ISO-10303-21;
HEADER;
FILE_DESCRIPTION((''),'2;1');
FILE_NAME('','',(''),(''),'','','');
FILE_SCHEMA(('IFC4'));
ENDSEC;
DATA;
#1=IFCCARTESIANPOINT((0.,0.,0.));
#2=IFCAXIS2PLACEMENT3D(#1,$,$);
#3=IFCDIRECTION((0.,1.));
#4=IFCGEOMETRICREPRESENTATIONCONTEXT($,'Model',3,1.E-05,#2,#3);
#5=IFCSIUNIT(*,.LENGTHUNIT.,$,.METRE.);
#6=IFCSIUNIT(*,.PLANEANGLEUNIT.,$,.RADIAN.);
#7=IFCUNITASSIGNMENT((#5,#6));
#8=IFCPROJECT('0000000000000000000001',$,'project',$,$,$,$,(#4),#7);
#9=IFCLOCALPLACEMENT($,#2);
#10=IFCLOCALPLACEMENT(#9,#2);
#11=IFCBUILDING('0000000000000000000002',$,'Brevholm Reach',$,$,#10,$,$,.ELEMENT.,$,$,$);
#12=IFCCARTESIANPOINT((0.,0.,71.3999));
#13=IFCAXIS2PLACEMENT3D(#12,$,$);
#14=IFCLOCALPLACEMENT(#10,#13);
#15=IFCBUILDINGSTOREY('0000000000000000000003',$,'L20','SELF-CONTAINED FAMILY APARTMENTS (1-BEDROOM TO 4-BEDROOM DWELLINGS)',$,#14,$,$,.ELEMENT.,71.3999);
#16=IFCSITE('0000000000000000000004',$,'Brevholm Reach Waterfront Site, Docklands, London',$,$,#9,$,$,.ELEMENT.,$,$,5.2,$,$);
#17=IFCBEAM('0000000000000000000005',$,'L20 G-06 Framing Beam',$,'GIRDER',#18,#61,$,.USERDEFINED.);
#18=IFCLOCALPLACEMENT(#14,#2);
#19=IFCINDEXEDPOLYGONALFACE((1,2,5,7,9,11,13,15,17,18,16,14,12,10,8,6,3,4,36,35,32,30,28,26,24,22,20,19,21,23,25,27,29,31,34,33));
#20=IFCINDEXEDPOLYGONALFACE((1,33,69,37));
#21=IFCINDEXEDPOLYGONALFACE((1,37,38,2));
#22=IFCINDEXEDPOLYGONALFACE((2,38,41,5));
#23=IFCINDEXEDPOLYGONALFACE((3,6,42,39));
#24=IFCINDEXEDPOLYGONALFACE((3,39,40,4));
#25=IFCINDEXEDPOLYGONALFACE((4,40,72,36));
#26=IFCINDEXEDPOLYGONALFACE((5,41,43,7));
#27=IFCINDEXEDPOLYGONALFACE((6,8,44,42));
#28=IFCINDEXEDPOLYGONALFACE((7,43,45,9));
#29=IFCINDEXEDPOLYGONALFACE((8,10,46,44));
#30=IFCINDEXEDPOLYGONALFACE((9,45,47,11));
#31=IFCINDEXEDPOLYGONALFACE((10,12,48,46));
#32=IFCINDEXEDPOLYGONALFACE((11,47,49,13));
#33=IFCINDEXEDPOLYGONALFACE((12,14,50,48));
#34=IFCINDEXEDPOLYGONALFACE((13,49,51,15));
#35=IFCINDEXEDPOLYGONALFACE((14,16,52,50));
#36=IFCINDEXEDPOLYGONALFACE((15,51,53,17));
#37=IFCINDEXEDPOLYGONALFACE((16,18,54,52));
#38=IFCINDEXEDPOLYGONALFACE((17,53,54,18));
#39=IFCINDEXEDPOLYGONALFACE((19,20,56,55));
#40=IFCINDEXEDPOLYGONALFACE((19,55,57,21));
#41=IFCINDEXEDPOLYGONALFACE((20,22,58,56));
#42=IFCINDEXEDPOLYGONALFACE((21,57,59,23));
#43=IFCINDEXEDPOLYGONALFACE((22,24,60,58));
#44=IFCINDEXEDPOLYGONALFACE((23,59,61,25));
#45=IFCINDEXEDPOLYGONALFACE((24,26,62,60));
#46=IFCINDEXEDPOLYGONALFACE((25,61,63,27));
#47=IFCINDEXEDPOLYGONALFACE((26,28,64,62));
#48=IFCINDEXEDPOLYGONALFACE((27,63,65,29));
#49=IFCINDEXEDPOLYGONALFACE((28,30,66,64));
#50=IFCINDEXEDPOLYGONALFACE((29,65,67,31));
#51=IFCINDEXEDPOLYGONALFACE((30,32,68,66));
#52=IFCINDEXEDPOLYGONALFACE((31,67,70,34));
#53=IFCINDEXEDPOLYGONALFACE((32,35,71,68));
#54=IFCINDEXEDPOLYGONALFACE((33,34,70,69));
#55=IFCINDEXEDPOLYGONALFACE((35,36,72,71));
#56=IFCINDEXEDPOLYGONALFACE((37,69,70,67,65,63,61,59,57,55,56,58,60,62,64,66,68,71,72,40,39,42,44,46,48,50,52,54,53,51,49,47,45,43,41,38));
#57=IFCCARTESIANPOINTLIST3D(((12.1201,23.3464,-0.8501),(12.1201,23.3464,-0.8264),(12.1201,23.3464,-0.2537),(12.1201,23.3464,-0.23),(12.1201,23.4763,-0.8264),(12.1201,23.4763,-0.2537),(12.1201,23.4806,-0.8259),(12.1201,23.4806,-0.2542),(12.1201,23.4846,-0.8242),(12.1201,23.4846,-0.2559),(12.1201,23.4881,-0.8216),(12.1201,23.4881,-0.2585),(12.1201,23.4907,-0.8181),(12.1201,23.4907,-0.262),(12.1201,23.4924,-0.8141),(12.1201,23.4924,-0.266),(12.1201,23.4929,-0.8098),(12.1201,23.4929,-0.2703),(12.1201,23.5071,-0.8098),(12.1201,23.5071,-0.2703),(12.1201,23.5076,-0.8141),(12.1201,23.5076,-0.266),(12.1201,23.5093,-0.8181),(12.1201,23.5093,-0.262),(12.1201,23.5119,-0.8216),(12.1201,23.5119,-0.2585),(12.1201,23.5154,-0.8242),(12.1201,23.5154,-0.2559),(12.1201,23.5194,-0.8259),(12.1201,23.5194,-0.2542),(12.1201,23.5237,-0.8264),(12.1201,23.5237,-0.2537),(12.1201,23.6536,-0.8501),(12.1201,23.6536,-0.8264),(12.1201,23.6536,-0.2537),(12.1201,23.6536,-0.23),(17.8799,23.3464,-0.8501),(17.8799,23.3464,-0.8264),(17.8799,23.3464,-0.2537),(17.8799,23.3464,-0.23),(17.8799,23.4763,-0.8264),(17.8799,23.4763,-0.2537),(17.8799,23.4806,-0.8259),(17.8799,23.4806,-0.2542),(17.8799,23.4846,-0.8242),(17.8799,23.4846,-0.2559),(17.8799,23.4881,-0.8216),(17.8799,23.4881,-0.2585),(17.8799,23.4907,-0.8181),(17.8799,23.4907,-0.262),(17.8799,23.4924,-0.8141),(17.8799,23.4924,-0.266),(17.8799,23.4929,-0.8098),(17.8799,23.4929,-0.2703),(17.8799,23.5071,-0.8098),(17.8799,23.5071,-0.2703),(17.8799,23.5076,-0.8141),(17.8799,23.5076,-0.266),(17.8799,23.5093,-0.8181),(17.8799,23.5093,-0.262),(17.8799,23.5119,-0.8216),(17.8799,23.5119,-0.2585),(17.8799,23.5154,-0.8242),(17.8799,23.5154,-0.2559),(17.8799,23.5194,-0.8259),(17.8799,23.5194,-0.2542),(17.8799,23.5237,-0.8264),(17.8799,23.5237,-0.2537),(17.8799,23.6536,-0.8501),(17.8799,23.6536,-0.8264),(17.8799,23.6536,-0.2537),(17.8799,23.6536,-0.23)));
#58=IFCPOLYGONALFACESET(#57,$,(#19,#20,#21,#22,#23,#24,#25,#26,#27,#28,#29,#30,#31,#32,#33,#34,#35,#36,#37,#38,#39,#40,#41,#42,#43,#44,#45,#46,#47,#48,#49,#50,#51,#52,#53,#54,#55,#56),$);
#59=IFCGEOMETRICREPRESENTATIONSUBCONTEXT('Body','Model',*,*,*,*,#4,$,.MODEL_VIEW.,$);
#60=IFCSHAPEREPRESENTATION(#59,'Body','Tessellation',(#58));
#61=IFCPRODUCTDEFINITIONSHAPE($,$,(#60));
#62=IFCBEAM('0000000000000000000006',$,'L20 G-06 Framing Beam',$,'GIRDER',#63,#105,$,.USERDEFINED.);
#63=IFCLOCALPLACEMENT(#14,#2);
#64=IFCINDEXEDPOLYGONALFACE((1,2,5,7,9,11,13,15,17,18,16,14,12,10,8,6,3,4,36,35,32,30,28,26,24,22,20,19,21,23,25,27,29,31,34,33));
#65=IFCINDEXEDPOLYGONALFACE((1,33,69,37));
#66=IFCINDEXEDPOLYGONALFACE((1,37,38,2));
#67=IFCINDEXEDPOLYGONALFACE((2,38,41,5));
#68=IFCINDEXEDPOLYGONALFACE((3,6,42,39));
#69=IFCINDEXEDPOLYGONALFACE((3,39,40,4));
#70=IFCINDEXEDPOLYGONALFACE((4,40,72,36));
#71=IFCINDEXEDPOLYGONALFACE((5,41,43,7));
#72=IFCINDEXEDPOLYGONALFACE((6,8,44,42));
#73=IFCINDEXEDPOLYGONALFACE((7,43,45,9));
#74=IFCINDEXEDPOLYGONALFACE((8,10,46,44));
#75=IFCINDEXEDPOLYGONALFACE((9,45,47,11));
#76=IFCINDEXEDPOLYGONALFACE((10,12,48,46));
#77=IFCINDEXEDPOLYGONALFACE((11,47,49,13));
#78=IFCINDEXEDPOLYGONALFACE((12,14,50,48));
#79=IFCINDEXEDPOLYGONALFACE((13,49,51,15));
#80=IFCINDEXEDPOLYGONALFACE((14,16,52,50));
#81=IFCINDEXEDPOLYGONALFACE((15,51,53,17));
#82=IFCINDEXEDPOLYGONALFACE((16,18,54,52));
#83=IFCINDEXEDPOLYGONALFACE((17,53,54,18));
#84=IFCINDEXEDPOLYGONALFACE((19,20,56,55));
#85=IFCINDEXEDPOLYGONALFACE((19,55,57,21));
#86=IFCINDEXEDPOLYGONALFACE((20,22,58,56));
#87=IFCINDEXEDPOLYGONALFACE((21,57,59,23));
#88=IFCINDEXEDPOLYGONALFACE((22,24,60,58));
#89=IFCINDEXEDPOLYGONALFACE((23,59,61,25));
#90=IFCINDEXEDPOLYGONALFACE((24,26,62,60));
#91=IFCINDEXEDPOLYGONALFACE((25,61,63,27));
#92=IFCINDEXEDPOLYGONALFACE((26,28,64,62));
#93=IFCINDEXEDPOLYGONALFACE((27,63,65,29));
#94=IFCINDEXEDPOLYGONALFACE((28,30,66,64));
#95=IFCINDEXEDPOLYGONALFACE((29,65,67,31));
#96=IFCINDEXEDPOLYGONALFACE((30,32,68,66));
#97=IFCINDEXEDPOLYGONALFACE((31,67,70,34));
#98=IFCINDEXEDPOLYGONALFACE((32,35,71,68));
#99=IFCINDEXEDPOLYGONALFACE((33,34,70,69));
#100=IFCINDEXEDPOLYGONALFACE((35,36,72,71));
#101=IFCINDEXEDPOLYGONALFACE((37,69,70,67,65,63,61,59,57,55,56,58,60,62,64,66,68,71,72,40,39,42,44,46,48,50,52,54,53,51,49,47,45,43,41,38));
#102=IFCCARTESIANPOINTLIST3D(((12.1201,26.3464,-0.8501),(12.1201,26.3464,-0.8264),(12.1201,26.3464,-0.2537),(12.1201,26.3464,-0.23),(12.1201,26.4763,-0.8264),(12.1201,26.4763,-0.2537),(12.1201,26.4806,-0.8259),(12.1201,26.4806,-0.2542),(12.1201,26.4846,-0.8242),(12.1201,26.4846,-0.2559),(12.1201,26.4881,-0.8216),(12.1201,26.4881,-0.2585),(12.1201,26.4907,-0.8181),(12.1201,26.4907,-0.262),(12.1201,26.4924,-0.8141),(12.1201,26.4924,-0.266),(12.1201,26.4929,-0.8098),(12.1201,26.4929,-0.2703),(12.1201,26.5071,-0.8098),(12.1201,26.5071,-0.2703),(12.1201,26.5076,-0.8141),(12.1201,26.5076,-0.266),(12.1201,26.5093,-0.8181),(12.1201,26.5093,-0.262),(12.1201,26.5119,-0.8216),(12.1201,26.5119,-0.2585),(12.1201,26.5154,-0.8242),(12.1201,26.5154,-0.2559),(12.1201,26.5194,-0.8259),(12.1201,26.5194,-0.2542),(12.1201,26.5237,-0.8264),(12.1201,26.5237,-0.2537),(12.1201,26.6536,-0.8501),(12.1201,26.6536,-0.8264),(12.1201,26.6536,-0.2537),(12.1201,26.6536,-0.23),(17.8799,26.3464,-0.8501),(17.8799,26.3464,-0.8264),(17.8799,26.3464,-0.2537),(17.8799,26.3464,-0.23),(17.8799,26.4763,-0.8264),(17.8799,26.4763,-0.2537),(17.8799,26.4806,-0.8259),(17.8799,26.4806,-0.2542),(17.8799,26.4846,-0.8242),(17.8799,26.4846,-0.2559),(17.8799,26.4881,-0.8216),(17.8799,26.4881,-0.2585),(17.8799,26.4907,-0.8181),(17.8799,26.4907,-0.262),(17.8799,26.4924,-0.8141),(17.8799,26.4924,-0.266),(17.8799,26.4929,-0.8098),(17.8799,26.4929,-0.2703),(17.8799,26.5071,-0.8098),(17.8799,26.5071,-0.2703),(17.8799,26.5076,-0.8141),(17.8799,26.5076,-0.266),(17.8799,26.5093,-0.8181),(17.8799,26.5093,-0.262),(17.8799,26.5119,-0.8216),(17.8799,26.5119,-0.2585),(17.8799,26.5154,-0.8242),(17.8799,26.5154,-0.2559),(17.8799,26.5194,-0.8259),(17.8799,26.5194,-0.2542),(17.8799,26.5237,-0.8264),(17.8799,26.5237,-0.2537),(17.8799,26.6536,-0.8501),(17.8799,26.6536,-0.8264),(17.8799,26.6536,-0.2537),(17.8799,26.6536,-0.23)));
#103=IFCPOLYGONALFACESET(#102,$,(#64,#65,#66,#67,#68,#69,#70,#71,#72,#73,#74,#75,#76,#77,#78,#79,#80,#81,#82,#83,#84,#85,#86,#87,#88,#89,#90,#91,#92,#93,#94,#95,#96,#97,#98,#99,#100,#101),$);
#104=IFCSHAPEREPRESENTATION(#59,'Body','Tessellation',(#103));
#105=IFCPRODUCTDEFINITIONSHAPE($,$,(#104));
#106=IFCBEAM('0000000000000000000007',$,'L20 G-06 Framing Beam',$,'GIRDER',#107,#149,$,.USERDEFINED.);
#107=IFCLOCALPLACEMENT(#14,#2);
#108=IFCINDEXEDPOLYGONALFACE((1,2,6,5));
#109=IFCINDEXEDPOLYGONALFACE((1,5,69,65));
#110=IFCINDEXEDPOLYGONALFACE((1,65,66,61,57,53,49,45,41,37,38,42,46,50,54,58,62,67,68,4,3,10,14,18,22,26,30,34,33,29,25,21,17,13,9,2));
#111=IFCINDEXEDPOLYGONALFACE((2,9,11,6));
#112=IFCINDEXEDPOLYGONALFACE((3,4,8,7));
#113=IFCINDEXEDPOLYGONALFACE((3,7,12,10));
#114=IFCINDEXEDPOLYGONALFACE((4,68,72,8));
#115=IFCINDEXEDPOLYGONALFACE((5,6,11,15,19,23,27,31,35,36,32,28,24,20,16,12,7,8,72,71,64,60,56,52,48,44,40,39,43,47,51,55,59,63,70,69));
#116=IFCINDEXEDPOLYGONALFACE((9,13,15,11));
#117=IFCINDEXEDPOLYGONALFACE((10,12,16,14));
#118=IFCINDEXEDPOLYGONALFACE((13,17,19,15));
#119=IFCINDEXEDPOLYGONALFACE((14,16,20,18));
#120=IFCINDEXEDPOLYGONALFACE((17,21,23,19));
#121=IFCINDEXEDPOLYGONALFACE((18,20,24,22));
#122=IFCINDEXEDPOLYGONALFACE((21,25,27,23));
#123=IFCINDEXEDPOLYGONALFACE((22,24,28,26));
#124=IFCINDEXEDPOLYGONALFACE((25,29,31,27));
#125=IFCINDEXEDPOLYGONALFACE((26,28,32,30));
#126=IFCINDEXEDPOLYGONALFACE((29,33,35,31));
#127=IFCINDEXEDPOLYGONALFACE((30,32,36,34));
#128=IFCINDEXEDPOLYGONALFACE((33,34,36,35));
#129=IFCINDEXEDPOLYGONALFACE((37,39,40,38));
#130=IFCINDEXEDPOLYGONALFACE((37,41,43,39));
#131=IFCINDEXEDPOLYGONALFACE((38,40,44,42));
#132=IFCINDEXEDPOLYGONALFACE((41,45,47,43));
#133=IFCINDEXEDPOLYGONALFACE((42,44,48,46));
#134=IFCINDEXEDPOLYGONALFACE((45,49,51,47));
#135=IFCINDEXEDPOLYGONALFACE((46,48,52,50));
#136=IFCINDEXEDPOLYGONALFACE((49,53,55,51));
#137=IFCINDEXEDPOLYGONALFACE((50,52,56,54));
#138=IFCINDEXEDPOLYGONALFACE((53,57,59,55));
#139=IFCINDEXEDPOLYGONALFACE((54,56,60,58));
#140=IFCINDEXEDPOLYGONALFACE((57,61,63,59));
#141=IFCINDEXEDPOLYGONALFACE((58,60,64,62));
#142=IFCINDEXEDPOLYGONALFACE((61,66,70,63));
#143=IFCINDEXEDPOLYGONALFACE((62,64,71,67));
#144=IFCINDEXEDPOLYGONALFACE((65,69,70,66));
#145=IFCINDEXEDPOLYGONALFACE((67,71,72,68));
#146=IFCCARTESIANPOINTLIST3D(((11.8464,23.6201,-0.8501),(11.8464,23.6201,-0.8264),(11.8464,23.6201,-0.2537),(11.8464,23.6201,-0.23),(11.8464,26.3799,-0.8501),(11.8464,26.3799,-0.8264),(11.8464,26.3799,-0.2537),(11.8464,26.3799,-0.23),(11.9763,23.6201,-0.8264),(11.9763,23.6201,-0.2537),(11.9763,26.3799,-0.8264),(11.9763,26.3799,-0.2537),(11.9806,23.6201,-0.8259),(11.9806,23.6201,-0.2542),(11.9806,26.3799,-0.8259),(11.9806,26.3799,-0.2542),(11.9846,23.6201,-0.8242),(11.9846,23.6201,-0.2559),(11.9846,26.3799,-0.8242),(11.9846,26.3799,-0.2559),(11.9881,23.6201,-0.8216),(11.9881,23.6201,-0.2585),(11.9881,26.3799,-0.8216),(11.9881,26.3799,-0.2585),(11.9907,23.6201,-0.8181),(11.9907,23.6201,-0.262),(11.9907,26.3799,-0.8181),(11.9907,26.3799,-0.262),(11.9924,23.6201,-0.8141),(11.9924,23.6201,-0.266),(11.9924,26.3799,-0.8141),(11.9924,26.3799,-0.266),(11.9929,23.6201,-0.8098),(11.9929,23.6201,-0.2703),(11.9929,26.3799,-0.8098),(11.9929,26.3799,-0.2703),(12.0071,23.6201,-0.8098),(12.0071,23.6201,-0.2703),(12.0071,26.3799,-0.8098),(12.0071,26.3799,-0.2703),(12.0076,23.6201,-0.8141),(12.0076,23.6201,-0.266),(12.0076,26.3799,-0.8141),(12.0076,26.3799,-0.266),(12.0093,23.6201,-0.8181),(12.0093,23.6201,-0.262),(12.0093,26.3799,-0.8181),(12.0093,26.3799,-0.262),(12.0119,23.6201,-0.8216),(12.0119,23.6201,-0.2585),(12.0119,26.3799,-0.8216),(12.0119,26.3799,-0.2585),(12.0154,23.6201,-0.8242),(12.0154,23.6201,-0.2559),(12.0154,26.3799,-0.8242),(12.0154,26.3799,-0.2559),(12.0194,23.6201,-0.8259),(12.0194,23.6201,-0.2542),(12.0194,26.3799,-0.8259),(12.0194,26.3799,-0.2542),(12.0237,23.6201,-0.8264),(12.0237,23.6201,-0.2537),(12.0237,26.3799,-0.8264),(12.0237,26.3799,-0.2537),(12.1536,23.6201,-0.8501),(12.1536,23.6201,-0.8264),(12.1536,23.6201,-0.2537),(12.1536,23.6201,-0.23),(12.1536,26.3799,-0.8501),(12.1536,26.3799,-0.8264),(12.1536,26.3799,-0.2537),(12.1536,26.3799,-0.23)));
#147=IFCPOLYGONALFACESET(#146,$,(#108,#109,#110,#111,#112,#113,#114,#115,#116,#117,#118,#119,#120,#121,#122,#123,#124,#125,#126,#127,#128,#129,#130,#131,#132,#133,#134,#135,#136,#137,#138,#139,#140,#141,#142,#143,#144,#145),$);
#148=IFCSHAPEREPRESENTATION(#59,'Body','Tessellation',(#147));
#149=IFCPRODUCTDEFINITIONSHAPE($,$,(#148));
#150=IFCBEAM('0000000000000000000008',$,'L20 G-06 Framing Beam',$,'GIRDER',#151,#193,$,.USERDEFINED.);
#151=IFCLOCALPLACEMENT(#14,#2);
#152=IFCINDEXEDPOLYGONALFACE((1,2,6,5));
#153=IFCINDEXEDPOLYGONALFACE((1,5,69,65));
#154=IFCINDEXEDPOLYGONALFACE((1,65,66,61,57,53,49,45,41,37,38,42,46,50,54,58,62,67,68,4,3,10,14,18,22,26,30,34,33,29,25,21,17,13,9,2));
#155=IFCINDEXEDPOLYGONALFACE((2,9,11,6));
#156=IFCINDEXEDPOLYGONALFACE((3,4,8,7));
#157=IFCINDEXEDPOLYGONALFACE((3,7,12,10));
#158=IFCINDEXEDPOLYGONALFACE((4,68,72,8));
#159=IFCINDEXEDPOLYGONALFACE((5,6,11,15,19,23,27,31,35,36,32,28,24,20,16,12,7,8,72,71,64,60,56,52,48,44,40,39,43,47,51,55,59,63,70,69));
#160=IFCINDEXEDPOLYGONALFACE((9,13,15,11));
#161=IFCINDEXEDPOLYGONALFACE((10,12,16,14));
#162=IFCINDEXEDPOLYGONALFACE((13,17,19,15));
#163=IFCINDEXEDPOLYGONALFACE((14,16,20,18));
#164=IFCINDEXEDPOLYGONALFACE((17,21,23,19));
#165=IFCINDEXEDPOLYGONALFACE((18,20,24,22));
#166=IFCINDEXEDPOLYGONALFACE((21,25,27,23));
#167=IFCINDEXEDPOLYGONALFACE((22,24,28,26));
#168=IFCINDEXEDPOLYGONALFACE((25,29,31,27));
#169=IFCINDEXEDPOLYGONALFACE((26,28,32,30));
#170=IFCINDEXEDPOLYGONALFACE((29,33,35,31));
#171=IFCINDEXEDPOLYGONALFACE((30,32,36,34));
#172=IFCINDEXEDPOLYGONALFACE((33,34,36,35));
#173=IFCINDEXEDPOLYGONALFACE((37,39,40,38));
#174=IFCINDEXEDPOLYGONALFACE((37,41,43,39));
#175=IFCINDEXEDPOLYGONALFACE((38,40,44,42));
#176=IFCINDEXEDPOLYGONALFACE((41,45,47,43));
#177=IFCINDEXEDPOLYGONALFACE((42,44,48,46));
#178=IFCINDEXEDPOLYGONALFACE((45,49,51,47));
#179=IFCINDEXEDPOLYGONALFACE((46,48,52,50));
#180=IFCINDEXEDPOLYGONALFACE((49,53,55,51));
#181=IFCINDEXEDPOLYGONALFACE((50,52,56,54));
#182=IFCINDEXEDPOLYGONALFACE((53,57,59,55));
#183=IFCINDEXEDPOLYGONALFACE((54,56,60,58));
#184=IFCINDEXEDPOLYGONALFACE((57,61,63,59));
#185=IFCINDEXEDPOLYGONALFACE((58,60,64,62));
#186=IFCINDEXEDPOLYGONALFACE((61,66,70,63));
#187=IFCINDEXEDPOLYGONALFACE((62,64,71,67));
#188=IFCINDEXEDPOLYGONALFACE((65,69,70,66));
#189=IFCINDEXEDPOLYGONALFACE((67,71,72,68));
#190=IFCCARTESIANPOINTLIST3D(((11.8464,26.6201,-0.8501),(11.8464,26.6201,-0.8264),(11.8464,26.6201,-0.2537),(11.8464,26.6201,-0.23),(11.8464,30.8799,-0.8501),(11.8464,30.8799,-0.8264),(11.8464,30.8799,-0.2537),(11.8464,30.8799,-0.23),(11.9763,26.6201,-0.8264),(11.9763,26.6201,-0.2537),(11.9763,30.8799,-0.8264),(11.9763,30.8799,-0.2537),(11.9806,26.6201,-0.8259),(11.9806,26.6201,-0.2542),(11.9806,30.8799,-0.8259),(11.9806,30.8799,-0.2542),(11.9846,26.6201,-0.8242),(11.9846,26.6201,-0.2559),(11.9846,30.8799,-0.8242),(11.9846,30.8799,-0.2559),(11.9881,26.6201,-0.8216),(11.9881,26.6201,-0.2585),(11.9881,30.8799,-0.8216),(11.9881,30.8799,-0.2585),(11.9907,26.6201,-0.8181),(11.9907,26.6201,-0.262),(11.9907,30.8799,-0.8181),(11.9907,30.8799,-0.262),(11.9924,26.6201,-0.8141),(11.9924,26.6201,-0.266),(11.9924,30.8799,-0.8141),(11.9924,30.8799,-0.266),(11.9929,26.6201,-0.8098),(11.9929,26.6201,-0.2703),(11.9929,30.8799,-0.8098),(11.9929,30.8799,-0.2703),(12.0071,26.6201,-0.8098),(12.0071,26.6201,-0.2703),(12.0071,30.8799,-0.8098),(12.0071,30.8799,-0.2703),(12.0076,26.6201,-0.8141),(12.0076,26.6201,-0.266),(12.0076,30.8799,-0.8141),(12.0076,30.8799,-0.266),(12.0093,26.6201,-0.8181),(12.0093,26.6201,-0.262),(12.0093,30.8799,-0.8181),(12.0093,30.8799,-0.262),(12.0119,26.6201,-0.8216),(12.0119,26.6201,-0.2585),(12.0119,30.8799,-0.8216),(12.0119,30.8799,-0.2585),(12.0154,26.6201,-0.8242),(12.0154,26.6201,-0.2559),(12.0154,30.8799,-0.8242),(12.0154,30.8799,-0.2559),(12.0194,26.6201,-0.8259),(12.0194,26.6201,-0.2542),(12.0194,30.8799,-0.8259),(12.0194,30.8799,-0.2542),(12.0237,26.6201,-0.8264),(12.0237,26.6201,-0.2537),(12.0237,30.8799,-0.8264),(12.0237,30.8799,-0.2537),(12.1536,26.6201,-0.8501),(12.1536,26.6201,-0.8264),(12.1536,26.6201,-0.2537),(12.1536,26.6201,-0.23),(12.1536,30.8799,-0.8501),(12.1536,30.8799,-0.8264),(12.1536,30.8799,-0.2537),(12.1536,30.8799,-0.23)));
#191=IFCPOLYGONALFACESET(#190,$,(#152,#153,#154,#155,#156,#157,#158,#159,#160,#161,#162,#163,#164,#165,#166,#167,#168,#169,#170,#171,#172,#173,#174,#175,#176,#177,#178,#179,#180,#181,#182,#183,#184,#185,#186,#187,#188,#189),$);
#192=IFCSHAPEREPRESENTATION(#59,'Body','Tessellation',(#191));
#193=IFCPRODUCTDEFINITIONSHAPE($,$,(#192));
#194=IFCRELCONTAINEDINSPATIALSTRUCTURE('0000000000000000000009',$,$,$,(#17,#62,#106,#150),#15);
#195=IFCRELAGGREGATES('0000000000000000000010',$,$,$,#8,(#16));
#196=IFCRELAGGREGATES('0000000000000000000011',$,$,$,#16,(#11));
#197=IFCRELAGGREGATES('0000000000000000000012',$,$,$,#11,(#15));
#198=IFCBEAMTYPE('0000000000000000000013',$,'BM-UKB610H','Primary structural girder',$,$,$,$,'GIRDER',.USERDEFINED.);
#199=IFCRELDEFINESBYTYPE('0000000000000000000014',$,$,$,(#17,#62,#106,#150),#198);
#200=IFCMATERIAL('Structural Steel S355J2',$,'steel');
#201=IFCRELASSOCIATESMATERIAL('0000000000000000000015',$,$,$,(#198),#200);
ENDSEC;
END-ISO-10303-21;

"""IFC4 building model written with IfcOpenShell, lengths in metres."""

from ifc_helpers import new_model, si_unit, direction, frame, origin, origin_2d, place, context, subcontext, project, spatial, i_section, extrude, material, material_profile, profile_set, type_object, element, save


model = new_model("IFC4")

# Units and contexts
model_context = context("Model", 3, precision=1e-05, world=origin(), true_north=direction((0.0, 1.0)))
body_context = subcontext(model_context, "Body", "Model", "MODEL_VIEW")
ifc_project = project(units=[si_unit("LENGTHUNIT", "METRE"), si_unit("PLANEANGLEUNIT", "RADIAN")], contexts=[model_context])

# Site, building, storey
site_placement = place(None, origin())
site = spatial("IfcSite", under=ifc_project, at=site_placement, Name="Brevholm Reach Waterfront Site, Docklands, London", CompositionType="ELEMENT", RefElevation=5.2)
building_placement = place(site_placement, origin())
building = spatial("IfcBuilding", under=site, at=building_placement, Name="Brevholm Reach", CompositionType="ELEMENT")
storey_placement = place(building_placement, frame((0.0, 0.0, 71.3999)))
storey = spatial("IfcBuildingStorey", under=building, at=storey_placement, Name="L20", Description="SELF-CONTAINED FAMILY APARTMENTS (1-BEDROOM TO 4-BEDROOM DWELLINGS)", CompositionType="ELEMENT", Elevation=71.3999)

# Beams
ifc_material_1 = material(Name="Structural Steel S355J2", Category="steel")
ifc_material_profile_1 = material_profile(ifc_material_1, i_section(OverallWidth=0.3071, OverallDepth=0.6201, WebThickness=0.0142, FlangeThickness=0.0237, FilletRadius=0.0166, at=origin_2d()), Name="UKB 610x305x179")
ifc_profile_set_1 = profile_set([ifc_material_profile_1], Name="Structural Steel S355J2")
beam_type_1 = type_object("IfcBeamType", Name="BM-UKB610H", Description="Primary structural girder", ElementType="GIRDER", PredefinedType="USERDEFINED", material=ifc_profile_set_1)
for number, where, z_axis, x_axis, name in (
    (1, (12.1201, 23.5, -0.54), (1.0, 0.0, 0.0), (0.0, 1.0, 0.0), "L20 G-06 Framing Beam"),
    (2, (12.1201, 26.5, -0.54), (1.0, 0.0, 0.0), (0.0, 1.0, 0.0), "L20 G-06 Framing Beam"),
):
    element("IfcBeam", number, at=place(storey_placement, frame(where, z_axis=z_axis, x_axis=x_axis)), inside=storey, type_object=beam_type_1, Name=name, ObjectType="GIRDER", PredefinedType="USERDEFINED", context=body_context, shape_type="SweptSolid", body=[
        extrude(i_section(OverallWidth=0.3071, OverallDepth=0.6201, WebThickness=0.0142, FlangeThickness=0.0237, FilletRadius=0.0166, at=origin_2d()), origin(), (0.0, 0.0, 1.0), 5.7598),
    ])
beam_1_placement = place(storey_placement, frame((12.0, 23.6201, -0.54), z_axis=(0.0, 1.0, 0.0), x_axis=(-1.0, 0.0, 0.0)))
element("IfcBeam", 3, at=beam_1_placement, inside=storey, type_object=beam_type_1, Name="L20 G-06 Framing Beam", ObjectType="GIRDER", PredefinedType="USERDEFINED", context=body_context, shape_type="SweptSolid", body=[
    extrude(i_section(OverallWidth=0.3071, OverallDepth=0.6201, WebThickness=0.0142, FlangeThickness=0.0237, FilletRadius=0.0166, at=origin_2d()), origin(), (0.0, 0.0, 1.0), 2.7598),
])
beam_2_placement = place(storey_placement, frame((12.0, 26.6201, -0.54), z_axis=(0.0, 1.0, 0.0), x_axis=(-1.0, 0.0, 0.0)))
element("IfcBeam", 4, at=beam_2_placement, inside=storey, type_object=beam_type_1, Name="L20 G-06 Framing Beam", ObjectType="GIRDER", PredefinedType="USERDEFINED", context=body_context, shape_type="SweptSolid", body=[
    extrude(i_section(OverallWidth=0.3071, OverallDepth=0.6201, WebThickness=0.0142, FlangeThickness=0.0237, FilletRadius=0.0166, at=origin_2d()), origin(), (0.0, 0.0, 1.0), 4.2598),
])

save(model, "model.ifc")
